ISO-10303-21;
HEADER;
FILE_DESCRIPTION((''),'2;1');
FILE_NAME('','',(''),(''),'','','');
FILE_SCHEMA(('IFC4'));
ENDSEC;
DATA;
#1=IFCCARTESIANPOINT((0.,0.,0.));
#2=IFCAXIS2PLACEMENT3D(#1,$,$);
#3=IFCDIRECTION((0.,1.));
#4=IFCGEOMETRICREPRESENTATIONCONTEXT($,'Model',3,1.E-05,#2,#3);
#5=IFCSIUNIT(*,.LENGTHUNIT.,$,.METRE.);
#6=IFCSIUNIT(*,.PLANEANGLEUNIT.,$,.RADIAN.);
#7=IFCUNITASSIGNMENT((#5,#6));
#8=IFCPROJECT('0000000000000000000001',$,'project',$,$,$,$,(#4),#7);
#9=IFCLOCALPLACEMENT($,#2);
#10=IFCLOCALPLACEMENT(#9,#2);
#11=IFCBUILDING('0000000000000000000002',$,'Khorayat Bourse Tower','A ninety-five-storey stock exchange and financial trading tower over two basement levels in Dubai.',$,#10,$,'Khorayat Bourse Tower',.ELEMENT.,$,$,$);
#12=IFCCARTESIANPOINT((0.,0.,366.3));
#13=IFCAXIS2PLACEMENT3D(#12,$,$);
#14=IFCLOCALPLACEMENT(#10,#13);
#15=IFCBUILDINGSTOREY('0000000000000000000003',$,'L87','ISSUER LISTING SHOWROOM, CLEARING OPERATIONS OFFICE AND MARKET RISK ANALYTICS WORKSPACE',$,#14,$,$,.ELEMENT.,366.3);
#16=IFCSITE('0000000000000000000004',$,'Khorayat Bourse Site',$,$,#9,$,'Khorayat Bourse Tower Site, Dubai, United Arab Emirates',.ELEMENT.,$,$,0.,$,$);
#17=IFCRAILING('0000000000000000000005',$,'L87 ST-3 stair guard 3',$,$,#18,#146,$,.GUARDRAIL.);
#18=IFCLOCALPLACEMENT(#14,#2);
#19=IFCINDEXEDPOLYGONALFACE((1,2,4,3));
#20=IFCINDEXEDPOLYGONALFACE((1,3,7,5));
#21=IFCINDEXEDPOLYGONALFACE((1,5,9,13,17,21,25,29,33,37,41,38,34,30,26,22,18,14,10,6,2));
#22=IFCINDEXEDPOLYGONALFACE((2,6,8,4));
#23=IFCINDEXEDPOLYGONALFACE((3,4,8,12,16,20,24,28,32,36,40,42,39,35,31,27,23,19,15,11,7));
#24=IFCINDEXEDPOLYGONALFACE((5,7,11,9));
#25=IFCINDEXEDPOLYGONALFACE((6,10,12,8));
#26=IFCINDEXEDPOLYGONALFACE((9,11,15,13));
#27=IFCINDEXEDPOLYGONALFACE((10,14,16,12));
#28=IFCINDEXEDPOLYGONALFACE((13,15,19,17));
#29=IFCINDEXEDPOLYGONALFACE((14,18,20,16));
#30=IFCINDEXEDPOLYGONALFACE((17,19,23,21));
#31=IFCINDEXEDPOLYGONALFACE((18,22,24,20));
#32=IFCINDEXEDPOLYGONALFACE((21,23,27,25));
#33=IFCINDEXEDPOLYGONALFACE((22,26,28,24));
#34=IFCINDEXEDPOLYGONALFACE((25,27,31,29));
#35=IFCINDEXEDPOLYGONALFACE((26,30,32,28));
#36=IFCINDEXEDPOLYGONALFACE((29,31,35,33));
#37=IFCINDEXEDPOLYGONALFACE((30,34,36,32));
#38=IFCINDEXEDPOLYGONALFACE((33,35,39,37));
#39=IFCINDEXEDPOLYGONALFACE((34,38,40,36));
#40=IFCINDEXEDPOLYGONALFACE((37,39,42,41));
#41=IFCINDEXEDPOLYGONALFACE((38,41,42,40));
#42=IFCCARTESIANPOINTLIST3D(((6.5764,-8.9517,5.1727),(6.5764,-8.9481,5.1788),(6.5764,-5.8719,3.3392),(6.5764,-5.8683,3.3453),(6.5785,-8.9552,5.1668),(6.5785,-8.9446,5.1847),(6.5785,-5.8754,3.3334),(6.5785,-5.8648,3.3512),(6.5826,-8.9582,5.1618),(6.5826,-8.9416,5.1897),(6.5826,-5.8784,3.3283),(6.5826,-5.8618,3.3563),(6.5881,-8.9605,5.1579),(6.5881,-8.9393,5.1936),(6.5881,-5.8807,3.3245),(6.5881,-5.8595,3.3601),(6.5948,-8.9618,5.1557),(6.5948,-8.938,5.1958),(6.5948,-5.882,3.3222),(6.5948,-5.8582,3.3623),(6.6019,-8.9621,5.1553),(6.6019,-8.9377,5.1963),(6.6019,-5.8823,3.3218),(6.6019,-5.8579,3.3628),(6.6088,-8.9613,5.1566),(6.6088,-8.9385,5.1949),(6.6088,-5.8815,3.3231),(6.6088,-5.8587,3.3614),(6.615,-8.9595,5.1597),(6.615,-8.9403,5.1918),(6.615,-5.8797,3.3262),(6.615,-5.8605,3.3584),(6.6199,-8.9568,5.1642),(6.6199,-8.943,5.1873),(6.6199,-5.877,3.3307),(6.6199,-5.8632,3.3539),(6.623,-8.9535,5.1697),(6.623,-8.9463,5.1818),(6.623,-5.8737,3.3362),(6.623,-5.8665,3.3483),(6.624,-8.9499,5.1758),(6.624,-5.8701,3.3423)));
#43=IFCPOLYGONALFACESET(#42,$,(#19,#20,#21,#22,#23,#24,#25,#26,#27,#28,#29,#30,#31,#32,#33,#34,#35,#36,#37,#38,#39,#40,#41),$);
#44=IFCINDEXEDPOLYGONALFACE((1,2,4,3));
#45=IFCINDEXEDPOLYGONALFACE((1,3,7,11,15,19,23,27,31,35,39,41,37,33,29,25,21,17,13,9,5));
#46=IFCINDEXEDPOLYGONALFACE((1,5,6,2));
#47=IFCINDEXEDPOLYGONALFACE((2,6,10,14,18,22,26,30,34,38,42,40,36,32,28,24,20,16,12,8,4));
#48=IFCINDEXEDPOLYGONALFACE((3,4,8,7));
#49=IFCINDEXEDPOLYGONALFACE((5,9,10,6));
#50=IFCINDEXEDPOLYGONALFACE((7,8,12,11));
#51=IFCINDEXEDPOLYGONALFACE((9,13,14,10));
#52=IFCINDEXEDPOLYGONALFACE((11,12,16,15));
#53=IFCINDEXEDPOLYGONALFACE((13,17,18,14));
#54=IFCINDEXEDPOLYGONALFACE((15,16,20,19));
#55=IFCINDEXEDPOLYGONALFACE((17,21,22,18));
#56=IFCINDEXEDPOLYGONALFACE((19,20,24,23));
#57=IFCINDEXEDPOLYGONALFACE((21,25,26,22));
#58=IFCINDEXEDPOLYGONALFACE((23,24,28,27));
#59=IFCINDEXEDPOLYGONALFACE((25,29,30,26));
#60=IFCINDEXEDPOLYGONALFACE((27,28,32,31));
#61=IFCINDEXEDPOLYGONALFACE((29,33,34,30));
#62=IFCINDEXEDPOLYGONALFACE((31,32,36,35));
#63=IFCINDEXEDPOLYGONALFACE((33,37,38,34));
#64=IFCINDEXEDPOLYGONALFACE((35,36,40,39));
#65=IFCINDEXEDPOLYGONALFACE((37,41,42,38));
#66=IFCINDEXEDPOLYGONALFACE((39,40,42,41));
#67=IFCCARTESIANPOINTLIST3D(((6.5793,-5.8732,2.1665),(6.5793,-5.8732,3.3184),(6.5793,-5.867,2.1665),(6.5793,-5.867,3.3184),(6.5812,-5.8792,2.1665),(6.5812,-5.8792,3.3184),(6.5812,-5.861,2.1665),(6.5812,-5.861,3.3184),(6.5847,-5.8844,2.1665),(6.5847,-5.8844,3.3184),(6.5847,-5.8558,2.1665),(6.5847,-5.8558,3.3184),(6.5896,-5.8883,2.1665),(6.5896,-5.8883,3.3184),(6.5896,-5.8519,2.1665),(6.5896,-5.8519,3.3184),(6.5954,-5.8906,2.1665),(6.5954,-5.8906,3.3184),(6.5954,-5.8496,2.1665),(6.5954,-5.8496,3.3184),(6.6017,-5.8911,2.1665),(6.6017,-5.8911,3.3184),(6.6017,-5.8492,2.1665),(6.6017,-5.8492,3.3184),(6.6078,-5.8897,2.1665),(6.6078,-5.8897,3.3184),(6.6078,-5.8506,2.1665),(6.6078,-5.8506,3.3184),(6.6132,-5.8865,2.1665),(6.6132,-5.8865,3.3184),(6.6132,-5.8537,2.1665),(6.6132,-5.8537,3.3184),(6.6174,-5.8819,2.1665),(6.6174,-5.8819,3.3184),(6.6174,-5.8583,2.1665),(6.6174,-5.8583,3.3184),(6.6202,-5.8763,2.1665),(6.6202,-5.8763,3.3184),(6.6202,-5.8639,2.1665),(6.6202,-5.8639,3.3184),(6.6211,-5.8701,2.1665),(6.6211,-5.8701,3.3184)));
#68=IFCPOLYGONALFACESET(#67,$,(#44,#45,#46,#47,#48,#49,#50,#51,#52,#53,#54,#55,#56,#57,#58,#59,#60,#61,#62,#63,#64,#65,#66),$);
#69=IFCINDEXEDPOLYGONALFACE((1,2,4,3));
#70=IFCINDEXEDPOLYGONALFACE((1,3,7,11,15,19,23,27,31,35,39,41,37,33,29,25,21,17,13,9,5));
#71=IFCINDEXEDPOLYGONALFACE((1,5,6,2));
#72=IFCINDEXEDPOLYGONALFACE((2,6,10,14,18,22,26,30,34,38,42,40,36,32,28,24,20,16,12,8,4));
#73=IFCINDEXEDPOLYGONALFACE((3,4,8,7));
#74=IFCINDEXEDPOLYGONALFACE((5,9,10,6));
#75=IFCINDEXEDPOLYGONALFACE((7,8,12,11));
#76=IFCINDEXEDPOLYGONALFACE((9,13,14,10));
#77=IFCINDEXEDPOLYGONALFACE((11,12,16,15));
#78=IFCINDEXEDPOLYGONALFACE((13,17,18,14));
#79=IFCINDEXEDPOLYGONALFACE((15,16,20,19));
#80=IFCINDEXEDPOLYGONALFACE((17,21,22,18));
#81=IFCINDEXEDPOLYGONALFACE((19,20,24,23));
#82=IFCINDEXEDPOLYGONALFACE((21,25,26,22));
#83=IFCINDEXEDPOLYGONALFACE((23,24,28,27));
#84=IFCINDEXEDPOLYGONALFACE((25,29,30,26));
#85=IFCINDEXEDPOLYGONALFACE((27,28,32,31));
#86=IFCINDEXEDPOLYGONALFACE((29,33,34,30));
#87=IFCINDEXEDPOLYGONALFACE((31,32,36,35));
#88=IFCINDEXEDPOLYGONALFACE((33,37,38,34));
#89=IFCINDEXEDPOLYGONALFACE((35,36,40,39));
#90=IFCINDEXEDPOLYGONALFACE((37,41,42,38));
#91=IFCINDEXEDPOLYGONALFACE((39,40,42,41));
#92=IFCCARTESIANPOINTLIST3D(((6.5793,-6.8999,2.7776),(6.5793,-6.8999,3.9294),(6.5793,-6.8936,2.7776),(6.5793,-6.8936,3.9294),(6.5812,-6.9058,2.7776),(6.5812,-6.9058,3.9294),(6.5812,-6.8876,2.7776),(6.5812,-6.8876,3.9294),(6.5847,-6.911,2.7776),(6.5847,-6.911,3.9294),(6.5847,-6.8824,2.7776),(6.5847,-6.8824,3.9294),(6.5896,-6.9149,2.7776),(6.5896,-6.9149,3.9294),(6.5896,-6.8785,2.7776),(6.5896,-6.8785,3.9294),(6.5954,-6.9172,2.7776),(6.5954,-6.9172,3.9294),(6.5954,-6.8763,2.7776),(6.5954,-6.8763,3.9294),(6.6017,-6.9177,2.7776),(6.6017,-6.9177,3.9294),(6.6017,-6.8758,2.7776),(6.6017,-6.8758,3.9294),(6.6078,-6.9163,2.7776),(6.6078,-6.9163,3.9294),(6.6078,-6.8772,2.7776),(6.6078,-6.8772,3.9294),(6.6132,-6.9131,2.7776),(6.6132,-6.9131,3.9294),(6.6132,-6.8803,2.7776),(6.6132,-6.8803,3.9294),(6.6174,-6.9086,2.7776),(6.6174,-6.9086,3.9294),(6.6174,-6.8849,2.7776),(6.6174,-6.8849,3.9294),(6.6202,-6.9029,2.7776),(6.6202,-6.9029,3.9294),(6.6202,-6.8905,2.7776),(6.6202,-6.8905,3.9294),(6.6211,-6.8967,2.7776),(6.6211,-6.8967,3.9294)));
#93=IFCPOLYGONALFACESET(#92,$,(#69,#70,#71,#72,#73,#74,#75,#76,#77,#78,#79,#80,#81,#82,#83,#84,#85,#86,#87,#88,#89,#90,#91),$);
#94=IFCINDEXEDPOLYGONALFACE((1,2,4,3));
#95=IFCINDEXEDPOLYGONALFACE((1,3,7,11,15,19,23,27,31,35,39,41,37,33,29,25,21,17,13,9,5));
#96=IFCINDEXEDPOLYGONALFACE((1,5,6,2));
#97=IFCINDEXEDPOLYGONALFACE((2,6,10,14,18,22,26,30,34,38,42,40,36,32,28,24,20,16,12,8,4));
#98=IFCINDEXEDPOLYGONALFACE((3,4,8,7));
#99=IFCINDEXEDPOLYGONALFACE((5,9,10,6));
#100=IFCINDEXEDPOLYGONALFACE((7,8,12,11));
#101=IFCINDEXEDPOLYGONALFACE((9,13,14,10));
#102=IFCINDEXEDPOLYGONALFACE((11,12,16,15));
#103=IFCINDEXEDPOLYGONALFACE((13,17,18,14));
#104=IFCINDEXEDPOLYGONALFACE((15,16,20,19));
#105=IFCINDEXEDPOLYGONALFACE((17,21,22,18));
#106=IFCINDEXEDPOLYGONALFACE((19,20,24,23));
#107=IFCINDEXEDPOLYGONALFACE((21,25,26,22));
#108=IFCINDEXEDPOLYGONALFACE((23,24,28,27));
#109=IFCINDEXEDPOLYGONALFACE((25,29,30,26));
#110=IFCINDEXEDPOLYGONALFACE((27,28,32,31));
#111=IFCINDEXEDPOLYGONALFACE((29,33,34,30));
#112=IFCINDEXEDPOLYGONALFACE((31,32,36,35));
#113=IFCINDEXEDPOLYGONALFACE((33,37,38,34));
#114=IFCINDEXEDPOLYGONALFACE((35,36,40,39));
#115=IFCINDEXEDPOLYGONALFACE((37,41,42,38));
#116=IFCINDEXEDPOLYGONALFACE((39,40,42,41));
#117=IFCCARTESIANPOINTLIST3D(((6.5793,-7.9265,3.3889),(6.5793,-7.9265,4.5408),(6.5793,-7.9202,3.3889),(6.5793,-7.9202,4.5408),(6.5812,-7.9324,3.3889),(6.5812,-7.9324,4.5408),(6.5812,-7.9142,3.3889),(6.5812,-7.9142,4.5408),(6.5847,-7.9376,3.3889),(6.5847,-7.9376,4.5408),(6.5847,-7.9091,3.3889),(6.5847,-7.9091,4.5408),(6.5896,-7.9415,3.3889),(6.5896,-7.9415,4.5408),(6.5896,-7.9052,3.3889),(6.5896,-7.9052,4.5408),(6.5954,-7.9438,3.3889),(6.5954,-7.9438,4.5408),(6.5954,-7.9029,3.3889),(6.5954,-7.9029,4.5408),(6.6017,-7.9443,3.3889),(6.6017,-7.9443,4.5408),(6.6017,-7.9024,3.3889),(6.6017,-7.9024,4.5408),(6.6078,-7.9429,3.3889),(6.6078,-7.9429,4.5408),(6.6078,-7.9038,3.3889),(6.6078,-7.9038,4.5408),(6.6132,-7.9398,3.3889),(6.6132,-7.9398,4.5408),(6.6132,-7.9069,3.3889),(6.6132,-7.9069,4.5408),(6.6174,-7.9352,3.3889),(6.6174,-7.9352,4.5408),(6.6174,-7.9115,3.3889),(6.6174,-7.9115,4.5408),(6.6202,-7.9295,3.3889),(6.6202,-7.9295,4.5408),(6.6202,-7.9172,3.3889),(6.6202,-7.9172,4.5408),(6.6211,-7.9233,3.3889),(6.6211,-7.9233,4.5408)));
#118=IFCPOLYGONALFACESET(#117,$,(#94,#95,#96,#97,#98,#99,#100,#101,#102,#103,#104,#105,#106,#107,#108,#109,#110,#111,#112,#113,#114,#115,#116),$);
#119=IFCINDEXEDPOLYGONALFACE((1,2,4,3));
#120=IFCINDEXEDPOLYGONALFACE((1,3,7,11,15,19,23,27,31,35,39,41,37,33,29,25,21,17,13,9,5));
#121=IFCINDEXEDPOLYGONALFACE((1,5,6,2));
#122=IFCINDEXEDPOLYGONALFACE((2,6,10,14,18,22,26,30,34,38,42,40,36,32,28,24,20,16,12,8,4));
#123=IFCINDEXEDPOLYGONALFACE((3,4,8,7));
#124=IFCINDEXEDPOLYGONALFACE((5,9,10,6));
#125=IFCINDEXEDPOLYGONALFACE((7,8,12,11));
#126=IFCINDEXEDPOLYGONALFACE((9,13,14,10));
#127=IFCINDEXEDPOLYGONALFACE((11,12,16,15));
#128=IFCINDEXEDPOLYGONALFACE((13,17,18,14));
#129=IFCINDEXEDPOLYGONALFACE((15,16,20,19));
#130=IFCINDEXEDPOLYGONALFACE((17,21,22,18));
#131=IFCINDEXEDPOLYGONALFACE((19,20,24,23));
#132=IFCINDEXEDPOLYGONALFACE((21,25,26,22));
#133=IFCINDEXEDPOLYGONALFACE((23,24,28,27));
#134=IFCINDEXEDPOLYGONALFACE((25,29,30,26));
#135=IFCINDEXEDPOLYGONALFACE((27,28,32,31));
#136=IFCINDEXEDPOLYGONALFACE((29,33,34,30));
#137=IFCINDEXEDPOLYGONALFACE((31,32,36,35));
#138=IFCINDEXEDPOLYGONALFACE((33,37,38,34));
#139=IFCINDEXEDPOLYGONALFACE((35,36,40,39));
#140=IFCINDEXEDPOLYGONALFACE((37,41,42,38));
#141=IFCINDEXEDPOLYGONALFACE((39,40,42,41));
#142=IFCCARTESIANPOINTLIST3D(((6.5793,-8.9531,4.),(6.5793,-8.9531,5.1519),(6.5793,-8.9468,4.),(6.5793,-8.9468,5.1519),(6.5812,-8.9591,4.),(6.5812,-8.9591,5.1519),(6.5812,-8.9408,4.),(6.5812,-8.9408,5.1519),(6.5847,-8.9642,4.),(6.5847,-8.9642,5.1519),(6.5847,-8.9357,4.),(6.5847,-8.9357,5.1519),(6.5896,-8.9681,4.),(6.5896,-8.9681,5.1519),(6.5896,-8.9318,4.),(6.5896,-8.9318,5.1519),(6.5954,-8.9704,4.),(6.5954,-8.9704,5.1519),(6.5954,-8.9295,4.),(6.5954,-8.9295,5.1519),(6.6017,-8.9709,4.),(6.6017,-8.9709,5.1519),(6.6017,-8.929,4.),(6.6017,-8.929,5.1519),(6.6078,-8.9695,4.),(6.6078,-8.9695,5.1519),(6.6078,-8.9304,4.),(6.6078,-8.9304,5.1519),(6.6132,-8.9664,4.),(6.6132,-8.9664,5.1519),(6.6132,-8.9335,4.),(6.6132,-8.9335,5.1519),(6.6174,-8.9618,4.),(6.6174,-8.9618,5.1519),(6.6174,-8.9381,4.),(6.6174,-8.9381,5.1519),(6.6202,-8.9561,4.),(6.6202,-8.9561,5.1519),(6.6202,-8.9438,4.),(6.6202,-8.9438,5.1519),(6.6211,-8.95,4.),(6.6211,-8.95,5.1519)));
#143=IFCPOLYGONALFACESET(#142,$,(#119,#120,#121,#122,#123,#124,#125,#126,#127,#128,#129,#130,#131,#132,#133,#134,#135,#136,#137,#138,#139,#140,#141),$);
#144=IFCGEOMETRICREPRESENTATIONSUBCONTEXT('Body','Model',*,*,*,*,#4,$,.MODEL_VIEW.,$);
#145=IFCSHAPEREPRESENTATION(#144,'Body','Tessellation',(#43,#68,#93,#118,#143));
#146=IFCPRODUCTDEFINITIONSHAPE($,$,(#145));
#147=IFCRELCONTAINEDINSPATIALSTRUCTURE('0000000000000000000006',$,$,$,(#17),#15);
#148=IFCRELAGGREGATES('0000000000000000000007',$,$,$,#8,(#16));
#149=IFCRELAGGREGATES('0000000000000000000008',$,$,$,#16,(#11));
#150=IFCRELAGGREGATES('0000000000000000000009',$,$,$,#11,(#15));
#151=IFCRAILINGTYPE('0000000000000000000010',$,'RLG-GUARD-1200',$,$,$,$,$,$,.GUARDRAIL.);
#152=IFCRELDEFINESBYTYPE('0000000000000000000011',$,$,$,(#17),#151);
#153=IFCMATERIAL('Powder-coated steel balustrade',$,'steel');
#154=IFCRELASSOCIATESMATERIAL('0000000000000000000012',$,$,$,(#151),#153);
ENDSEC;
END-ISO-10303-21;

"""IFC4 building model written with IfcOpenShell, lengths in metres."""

from ifc_helpers import new_model, si_unit, direction, frame, origin, origin_2d, place, context, subcontext, project, spatial, circle, extrude, source, transform, mapped, material, type_object, element, save


model = new_model("IFC4")

# Units and contexts
model_context = context("Model", 3, precision=1e-05, world=origin(), true_north=direction((0.0, 1.0)))
body_context = subcontext(model_context, "Body", "Model", "MODEL_VIEW")
ifc_project = project(units=[si_unit("LENGTHUNIT", "METRE"), si_unit("PLANEANGLEUNIT", "RADIAN")], contexts=[model_context])

# Site, building, storey
site_placement = place(None, origin())
site = spatial("IfcSite", under=ifc_project, at=site_placement, Name="Khorayat Bourse Site", LongName="Khorayat Bourse Tower Site, Dubai, United Arab Emirates", CompositionType="ELEMENT", RefElevation=0.0)
building_placement = place(site_placement, origin())
building = spatial("IfcBuilding", under=site, at=building_placement, Name="Khorayat Bourse Tower", Description="A ninety-five-storey stock exchange and financial trading tower over two basement levels in Dubai.", LongName="Khorayat Bourse Tower", CompositionType="ELEMENT")
storey_placement = place(building_placement, frame((0.0, 0.0, 366.3)))
storey = spatial("IfcBuildingStorey", under=building, at=storey_placement, Name="L87", Description="ISSUER LISTING SHOWROOM, CLEARING OPERATIONS OFFICE AND MARKET RISK ANALYTICS WORKSPACE", CompositionType="ELEMENT", Elevation=366.3)

# Railing
ifc_material_1 = material(Name="Powder-coated steel balustrade", Category="steel")
railing_type_1 = type_object("IfcRailingType", Name="RLG-GUARD-1200", PredefinedType="GUARDRAIL", material=ifc_material_1)
shared_shape_1 = source(origin(), body_context, "Body", "SweptSolid", [
    extrude(circle(Radius=0.0239, at=origin_2d()), frame((0.0, 0.0, 1.1758), z_axis=(0.0, -0.859261, 0.511538), x_axis=(1.0, 0.0, 0.0)), (0.0, 0.0, 1.0), 3.5842),
    extrude(circle(Radius=0.021, at=origin_2d()), origin(), (0.0, 0.0, 1.0), 1.1519),
    extrude(circle(Radius=0.021, at=origin_2d()), frame((0.0, -1.0266, 0.6111)), (0.0, 0.0, 1.0), 1.1519),
    extrude(circle(Radius=0.021, at=origin_2d()), frame((0.0, -2.0532, 1.2224)), (0.0, 0.0, 1.0), 1.1519),
    extrude(circle(Radius=0.021, at=origin_2d()), frame((0.0, -3.0798, 1.8335)), (0.0, 0.0, 1.0), 1.1519),
])
railing_1_placement = place(storey_placement, frame((6.6001, -5.8701, 2.1665)))
element("IfcRailing", 1, at=railing_1_placement, inside=storey, type_object=railing_type_1, Name="L87 ST-3 stair guard 3", PredefinedType="GUARDRAIL", context=body_context, shape_type="MappedRepresentation", body=[
    mapped(shared_shape_1, transform((0.0, 0.0, 0.0), scale=1.0)),
])

save(model, "model.ifc")
